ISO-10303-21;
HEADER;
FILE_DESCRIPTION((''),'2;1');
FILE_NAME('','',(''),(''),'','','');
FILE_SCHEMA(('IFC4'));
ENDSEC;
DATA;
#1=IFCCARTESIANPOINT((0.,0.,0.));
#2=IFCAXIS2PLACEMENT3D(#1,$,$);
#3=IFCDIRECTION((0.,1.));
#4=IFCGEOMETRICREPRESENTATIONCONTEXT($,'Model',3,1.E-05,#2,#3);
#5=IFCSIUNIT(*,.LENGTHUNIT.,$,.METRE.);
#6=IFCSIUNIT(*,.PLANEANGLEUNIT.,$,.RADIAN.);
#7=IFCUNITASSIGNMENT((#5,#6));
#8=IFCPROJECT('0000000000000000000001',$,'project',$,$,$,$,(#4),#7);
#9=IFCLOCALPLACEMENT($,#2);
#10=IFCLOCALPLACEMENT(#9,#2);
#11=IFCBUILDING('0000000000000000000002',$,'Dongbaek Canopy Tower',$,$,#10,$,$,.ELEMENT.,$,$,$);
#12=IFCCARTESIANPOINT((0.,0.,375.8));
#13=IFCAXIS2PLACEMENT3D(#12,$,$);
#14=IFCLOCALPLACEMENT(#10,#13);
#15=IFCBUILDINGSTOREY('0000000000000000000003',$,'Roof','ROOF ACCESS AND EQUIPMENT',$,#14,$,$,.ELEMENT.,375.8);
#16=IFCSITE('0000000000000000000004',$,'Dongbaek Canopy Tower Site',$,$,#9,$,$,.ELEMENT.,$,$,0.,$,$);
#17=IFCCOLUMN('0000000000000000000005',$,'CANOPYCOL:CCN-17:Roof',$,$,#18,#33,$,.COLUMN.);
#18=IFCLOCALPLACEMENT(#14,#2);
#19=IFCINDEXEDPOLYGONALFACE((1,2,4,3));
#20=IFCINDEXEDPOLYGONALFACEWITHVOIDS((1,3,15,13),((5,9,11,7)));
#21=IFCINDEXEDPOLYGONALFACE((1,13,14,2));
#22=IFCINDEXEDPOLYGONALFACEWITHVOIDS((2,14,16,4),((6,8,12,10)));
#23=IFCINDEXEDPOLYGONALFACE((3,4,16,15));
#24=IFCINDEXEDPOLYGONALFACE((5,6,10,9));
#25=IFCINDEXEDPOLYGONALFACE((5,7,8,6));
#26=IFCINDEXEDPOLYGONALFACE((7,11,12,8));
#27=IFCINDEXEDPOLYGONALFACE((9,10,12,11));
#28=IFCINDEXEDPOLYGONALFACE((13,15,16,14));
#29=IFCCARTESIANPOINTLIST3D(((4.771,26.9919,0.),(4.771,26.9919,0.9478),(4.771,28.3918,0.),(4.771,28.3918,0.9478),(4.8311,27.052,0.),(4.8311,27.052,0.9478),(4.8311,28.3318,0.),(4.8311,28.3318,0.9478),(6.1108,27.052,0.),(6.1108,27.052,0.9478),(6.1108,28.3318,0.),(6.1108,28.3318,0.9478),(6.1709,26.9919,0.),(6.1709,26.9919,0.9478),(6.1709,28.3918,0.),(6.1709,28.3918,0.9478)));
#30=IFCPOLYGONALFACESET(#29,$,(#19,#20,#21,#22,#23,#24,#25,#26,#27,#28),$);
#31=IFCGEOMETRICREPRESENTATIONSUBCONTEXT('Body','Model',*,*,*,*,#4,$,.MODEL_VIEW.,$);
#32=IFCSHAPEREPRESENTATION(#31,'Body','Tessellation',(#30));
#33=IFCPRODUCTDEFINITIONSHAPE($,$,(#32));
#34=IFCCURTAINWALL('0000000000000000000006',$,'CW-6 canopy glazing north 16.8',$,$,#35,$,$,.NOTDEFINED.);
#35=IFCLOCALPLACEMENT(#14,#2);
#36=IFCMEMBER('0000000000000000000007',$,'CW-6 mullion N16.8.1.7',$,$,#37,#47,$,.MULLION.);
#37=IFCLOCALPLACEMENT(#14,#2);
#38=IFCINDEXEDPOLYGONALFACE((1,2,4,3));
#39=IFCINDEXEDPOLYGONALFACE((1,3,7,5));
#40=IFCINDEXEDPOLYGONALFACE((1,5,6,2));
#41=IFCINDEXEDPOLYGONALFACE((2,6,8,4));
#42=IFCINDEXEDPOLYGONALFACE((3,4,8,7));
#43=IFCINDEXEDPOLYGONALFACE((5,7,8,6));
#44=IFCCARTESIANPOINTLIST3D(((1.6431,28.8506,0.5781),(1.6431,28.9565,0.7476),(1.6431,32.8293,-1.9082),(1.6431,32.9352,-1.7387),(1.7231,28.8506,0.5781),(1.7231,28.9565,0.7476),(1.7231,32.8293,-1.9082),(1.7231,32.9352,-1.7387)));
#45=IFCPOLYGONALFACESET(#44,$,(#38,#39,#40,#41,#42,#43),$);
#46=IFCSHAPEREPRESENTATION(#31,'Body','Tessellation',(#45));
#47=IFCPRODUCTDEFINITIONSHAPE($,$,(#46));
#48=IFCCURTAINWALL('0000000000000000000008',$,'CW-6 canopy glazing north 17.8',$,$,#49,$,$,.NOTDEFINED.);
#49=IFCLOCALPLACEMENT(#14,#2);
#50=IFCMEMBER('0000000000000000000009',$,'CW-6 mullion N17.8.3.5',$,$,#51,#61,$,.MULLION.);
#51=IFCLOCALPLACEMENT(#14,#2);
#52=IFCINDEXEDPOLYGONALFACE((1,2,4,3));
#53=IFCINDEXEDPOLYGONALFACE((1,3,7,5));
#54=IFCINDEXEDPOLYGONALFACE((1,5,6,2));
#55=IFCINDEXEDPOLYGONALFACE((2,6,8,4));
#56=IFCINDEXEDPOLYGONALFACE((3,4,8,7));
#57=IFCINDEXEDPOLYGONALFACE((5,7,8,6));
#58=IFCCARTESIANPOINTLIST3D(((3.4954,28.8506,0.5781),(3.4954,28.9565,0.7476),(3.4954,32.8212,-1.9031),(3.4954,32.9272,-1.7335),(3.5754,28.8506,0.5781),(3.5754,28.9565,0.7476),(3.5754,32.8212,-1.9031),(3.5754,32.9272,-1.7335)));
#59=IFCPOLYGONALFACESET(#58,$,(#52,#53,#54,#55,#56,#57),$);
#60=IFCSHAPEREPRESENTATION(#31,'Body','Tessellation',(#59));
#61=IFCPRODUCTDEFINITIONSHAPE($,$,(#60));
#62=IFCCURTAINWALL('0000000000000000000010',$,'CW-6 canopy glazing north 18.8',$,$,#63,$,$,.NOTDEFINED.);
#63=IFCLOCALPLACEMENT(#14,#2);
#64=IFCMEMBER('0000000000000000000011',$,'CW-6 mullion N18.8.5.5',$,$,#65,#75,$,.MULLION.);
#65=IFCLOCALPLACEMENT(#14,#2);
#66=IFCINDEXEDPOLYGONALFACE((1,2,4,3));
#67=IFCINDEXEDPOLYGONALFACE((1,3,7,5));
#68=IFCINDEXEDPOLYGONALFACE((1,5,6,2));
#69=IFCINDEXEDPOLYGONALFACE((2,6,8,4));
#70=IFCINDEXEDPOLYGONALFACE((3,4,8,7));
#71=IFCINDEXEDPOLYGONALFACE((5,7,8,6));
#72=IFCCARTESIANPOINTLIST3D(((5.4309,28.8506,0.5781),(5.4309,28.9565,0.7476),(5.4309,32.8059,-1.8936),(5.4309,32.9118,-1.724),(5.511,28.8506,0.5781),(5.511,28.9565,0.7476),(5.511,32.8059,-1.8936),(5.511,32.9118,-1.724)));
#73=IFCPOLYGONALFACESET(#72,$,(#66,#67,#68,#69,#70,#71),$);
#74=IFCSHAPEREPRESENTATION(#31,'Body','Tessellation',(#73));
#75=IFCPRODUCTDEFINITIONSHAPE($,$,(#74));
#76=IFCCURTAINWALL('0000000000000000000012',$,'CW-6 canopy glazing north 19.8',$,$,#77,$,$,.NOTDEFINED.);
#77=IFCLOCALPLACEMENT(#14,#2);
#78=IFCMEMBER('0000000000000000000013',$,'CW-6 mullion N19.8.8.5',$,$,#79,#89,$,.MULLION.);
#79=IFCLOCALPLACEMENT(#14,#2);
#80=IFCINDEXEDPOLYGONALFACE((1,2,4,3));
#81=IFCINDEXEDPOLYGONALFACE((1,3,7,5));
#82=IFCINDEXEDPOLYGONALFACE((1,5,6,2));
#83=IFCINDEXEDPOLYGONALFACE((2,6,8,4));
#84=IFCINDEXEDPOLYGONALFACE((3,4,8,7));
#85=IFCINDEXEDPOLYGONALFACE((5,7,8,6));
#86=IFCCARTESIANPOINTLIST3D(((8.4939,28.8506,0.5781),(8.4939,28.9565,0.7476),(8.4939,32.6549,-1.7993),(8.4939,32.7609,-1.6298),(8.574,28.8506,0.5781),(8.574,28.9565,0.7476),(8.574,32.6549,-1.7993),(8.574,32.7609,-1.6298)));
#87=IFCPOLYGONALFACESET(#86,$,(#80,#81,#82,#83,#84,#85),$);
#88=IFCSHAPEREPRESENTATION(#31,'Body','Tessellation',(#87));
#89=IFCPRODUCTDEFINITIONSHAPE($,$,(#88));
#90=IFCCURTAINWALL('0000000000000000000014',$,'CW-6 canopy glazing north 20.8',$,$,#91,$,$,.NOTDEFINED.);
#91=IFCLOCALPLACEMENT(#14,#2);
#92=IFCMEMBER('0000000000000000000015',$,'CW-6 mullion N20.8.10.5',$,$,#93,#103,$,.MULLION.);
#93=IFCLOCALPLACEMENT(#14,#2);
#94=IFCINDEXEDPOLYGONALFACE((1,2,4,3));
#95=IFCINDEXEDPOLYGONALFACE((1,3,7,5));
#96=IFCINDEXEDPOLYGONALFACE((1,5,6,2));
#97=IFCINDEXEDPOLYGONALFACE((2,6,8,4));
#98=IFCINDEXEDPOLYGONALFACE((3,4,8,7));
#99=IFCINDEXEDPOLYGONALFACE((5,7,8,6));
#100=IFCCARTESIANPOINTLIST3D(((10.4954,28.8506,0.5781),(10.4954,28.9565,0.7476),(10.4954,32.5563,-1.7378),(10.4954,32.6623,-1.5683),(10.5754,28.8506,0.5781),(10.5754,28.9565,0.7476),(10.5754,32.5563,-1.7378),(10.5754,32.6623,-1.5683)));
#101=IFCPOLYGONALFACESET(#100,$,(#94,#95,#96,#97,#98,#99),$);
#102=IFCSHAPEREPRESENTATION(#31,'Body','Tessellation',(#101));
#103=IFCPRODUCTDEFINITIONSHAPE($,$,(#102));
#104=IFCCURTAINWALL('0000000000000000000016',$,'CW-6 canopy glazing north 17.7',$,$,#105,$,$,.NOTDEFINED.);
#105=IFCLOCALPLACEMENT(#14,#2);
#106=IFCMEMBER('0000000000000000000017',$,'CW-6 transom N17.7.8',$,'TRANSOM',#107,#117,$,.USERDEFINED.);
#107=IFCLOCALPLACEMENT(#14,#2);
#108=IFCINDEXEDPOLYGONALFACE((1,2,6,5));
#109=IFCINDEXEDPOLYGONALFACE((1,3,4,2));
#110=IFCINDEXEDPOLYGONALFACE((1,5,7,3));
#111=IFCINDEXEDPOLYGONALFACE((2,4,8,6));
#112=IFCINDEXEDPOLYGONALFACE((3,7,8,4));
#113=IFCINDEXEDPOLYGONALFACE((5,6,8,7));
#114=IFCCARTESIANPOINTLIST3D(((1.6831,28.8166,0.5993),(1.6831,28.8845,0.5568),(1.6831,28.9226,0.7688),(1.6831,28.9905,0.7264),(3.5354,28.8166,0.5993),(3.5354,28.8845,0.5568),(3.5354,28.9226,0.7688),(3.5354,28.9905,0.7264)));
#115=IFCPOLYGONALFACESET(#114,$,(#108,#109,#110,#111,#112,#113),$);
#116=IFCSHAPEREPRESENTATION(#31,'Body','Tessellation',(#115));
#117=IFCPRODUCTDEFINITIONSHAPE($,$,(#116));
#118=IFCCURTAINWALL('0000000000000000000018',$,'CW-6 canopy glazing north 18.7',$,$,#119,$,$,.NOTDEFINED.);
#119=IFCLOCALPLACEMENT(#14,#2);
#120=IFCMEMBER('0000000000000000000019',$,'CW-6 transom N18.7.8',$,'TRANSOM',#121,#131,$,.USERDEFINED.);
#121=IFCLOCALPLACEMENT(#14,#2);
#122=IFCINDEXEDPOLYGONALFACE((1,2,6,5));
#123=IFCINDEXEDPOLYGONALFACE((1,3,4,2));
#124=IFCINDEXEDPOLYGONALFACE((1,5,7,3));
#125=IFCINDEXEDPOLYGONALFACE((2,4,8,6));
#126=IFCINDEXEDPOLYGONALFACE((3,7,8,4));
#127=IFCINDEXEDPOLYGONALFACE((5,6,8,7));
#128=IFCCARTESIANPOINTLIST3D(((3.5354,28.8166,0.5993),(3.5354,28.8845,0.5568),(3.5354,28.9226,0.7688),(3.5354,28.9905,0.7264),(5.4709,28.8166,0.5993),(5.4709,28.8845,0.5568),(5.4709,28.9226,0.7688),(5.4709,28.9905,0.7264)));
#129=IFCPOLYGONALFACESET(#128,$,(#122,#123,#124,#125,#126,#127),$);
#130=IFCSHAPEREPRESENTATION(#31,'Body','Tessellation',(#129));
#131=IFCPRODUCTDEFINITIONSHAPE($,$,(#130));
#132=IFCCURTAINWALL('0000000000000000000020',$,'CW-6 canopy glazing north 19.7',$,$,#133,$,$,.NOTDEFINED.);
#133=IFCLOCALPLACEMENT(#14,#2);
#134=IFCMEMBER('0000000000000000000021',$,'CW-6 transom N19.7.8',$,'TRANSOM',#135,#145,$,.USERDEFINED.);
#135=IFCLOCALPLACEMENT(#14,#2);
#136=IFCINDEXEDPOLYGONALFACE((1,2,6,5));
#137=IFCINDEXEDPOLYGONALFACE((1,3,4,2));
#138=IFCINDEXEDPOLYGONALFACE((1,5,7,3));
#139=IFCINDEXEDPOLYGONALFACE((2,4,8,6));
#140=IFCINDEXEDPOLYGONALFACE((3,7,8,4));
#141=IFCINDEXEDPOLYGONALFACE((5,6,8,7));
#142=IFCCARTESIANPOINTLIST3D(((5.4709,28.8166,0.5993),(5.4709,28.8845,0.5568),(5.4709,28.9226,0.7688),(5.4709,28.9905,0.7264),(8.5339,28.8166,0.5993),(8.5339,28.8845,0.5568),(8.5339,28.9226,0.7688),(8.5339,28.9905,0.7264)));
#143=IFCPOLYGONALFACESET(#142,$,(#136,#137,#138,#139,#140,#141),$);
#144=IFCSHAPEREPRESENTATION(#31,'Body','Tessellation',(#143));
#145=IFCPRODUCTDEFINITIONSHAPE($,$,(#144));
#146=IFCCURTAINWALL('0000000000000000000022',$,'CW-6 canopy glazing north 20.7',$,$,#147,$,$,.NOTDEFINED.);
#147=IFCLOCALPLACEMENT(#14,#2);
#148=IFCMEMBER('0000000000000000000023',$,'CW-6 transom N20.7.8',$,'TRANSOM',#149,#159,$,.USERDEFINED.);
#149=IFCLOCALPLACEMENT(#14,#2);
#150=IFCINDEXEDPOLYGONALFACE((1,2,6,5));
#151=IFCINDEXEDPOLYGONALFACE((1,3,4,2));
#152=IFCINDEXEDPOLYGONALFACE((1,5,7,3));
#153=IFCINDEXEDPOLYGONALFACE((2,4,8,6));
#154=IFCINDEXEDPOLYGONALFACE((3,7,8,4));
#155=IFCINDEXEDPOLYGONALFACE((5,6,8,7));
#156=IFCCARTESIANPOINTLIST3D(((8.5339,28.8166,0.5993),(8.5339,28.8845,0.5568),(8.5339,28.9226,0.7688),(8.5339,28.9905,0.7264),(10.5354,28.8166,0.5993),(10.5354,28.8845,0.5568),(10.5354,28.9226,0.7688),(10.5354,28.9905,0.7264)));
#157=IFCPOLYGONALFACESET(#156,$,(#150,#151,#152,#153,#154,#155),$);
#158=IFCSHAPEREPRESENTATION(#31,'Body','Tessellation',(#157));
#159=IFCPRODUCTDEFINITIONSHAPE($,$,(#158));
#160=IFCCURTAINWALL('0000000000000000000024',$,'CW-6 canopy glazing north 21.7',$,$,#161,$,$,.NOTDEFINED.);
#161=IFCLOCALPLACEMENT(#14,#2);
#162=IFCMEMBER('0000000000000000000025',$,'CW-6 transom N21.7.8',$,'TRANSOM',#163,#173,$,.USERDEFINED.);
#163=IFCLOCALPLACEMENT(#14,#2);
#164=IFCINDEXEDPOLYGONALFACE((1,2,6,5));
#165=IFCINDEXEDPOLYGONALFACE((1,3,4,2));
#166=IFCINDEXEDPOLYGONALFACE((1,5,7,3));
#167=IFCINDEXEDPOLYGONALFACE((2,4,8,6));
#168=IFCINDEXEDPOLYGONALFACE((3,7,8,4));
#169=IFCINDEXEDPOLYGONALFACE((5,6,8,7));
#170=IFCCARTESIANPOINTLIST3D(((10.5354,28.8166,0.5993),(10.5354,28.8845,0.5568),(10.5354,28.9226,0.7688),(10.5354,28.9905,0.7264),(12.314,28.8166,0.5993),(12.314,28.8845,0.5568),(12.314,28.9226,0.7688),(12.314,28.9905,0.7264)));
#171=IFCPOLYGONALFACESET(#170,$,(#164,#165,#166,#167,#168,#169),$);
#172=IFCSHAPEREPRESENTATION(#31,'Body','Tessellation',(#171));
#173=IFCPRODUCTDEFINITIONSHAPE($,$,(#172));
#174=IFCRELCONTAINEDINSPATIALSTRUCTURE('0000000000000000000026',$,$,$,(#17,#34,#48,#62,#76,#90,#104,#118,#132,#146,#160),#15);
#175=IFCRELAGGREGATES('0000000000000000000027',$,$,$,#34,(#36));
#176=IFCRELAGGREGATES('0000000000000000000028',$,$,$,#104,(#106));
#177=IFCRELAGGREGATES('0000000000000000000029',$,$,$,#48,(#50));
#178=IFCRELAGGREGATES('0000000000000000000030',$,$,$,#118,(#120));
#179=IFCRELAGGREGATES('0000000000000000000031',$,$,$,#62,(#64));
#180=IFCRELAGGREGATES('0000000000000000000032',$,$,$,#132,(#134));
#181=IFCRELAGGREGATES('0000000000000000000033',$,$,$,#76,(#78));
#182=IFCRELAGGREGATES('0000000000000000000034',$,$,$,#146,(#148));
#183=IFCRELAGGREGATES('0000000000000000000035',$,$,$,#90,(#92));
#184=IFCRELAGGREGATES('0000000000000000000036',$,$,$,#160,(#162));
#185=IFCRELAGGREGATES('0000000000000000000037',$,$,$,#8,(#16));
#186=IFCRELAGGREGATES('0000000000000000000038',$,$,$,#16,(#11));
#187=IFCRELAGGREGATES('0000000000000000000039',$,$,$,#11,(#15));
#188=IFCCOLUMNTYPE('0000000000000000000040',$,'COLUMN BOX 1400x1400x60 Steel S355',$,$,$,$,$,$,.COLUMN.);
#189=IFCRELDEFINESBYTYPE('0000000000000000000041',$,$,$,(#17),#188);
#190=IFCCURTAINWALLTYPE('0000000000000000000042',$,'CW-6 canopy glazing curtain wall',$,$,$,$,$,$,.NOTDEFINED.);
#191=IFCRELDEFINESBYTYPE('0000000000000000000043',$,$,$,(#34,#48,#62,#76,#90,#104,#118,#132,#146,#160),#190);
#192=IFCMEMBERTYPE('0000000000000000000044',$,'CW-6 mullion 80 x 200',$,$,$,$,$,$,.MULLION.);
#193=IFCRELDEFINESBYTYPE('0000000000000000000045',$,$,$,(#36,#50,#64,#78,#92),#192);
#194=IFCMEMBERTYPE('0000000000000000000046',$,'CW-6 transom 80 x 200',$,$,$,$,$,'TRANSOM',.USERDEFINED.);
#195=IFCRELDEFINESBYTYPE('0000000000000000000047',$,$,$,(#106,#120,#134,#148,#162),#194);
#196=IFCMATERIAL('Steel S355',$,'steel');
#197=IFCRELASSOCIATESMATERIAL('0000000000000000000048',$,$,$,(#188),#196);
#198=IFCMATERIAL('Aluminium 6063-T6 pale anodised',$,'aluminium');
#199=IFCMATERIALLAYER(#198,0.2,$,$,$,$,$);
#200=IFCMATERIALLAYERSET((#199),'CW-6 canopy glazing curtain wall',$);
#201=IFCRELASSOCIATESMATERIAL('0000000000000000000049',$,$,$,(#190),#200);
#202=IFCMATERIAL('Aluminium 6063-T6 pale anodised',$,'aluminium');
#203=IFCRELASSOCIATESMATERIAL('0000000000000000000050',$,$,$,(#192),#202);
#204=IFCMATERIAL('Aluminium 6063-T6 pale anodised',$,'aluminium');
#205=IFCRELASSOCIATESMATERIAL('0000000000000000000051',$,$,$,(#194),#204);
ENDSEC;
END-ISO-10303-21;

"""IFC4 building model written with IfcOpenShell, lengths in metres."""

from ifc_helpers import new_model, si_unit, direction, frame, origin, origin_2d, place, context, subcontext, project, spatial, rectangle, hollow_rectangle, extrude, material, layer, layer_set, material_profile, profile_set, type_object, element, aggregate, save


model = new_model("IFC4")

# Units and contexts
model_context = context("Model", 3, precision=1e-05, world=origin(), true_north=direction((0.0, 1.0)))
body_context = subcontext(model_context, "Body", "Model", "MODEL_VIEW")
ifc_project = project(units=[si_unit("LENGTHUNIT", "METRE"), si_unit("PLANEANGLEUNIT", "RADIAN")], contexts=[model_context])

# Site, building, storey
site_placement = place(None, origin())
site = spatial("IfcSite", under=ifc_project, at=site_placement, Name="Dongbaek Canopy Tower Site", CompositionType="ELEMENT", RefElevation=0.0)
building_placement = place(site_placement, origin())
building = spatial("IfcBuilding", under=site, at=building_placement, Name="Dongbaek Canopy Tower", CompositionType="ELEMENT")
storey_placement = place(building_placement, frame((0.0, 0.0, 375.8)))
storey = spatial("IfcBuildingStorey", under=building, at=storey_placement, Name="Roof", Description="ROOF ACCESS AND EQUIPMENT", CompositionType="ELEMENT", Elevation=375.8)

# Column
ifc_material_1 = material(Name="Steel S355", Category="steel")
ifc_material_profile_1 = material_profile(ifc_material_1, hollow_rectangle(XDim=1.3999, YDim=1.3999, WallThickness=0.0601, at=origin_2d()), Name="COLUMN BOX 1400x1400x60 Steel S355")
ifc_profile_set_1 = profile_set([ifc_material_profile_1], Name="Steel S355")
column_type = type_object("IfcColumnType", Name="COLUMN BOX 1400x1400x60 Steel S355", PredefinedType="COLUMN", material=ifc_profile_set_1)
column_placement = place(storey_placement, frame((5.4709, 27.6919, 0.0), z_axis=(0.0, 0.0, 1.0), x_axis=(1.0, 0.0, 0.0)))
element("IfcColumn", 1, at=column_placement, inside=storey, type_object=column_type, Name="CANOPYCOL:CCN-17:Roof", PredefinedType="COLUMN", context=body_context, shape_type="SweptSolid", body=[
    extrude(hollow_rectangle(XDim=1.3999, YDim=1.3999, WallThickness=0.0601, at=origin_2d()), origin(), (0.0, 0.0, 1.0), 0.9478),
])

# Curtain walls, members
ifc_material_2 = material(Name="Aluminium 6063-T6 pale anodised", Category="aluminium")
ifc_layer_1 = layer(ifc_material_2, 0.2)
ifc_layer_set_1 = layer_set([ifc_layer_1], Name="CW-6 canopy glazing curtain wall")
curtain_wall_type = type_object("IfcCurtainWallType", Name="CW-6 canopy glazing curtain wall", PredefinedType="NOTDEFINED", material=ifc_layer_set_1)
curtain_wall_1_placement = place(storey_placement, origin())
curtain_wall_1 = element("IfcCurtainWall", 2, at=curtain_wall_1_placement, inside=storey, type_object=curtain_wall_type, Name="CW-6 canopy glazing north 16.8", PredefinedType="NOTDEFINED")
ifc_material_3 = material(Name="Aluminium 6063-T6 pale anodised", Category="aluminium")
ifc_material_profile_2 = material_profile(ifc_material_3, rectangle(XDim=0.0801, YDim=0.2, at=origin_2d()), Name="CW-6 mullion 80 x 200")
ifc_profile_set_2 = profile_set([ifc_material_profile_2], Name="Aluminium 6063-T6 pale anodised")
member_type_1 = type_object("IfcMemberType", Name="CW-6 mullion 80 x 200", PredefinedType="MULLION", material=ifc_profile_set_2)
member_1_placement = place(storey_placement, frame((1.6831, 28.9036, 0.6628), z_axis=(0.0, 0.848036, -0.529938), x_axis=(-1.0, 0.0, 0.0)))
member_1 = element("IfcMember", 3, at=member_1_placement, type_object=member_type_1, Name="CW-6 mullion N16.8.1.7", PredefinedType="MULLION", context=body_context, shape_type="SweptSolid", body=[
    extrude(rectangle(XDim=0.0801, YDim=0.2, at=origin_2d()), origin(), (0.0, 0.0, 1.0), 4.6917),
])
curtain_wall_2_placement = place(storey_placement, origin())
curtain_wall_2 = element("IfcCurtainWall", 4, at=curtain_wall_2_placement, inside=storey, type_object=curtain_wall_type, Name="CW-6 canopy glazing north 17.8", PredefinedType="NOTDEFINED")
member_2_placement = place(storey_placement, frame((3.5354, 28.9036, 0.6628), z_axis=(0.0, 0.848045, -0.529924), x_axis=(-1.0, 0.0, 0.0)))
member_2 = element("IfcMember", 5, at=member_2_placement, type_object=member_type_1, Name="CW-6 mullion N17.8.3.5", PredefinedType="MULLION", context=body_context, shape_type="SweptSolid", body=[
    extrude(rectangle(XDim=0.0801, YDim=0.2, at=origin_2d()), origin(), (0.0, 0.0, 1.0), 4.6821),
])
curtain_wall_3_placement = place(storey_placement, origin())
curtain_wall_3 = element("IfcCurtainWall", 6, at=curtain_wall_3_placement, inside=storey, type_object=curtain_wall_type, Name="CW-6 canopy glazing north 18.8", PredefinedType="NOTDEFINED")
member_3_placement = place(storey_placement, frame((5.4709, 28.9036, 0.6628), z_axis=(0.0, 0.848037, -0.529938), x_axis=(-1.0, 0.0, 0.0)))
member_3 = element("IfcMember", 7, at=member_3_placement, type_object=member_type_1, Name="CW-6 mullion N18.8.5.5", PredefinedType="MULLION", context=body_context, shape_type="SweptSolid", body=[
    extrude(rectangle(XDim=0.0801, YDim=0.2, at=origin_2d()), origin(), (0.0, 0.0, 1.0), 4.6641),
])
curtain_wall_4_placement = place(storey_placement, origin())
curtain_wall_4 = element("IfcCurtainWall", 8, at=curtain_wall_4_placement, inside=storey, type_object=curtain_wall_type, Name="CW-6 canopy glazing north 19.8", PredefinedType="NOTDEFINED")
member_4_placement = place(storey_placement, frame((8.5339, 28.9036, 0.6628), z_axis=(0.0, 0.848032, -0.529945), x_axis=(-1.0, 0.0, 0.0)))
member_4 = element("IfcMember", 9, at=member_4_placement, type_object=member_type_1, Name="CW-6 mullion N19.8.8.5", PredefinedType="MULLION", context=body_context, shape_type="SweptSolid", body=[
    extrude(rectangle(XDim=0.0801, YDim=0.2, at=origin_2d()), origin(), (0.0, 0.0, 1.0), 4.4861),
])
curtain_wall_5_placement = place(storey_placement, origin())
curtain_wall_5 = element("IfcCurtainWall", 10, at=curtain_wall_5_placement, inside=storey, type_object=curtain_wall_type, Name="CW-6 canopy glazing north 20.8", PredefinedType="NOTDEFINED")
member_5_placement = place(storey_placement, frame((10.5354, 28.9036, 0.6628), z_axis=(0.0, 0.84802, -0.529964), x_axis=(-1.0, 0.0, 0.0)))
member_5 = element("IfcMember", 11, at=member_5_placement, type_object=member_type_1, Name="CW-6 mullion N20.8.10.5", PredefinedType="MULLION", context=body_context, shape_type="SweptSolid", body=[
    extrude(rectangle(XDim=0.0801, YDim=0.2, at=origin_2d()), origin(), (0.0, 0.0, 1.0), 4.3699),
])
curtain_wall_6_placement = place(storey_placement, origin())
curtain_wall_6 = element("IfcCurtainWall", 12, at=curtain_wall_6_placement, inside=storey, type_object=curtain_wall_type, Name="CW-6 canopy glazing north 17.7", PredefinedType="NOTDEFINED")
ifc_material_4 = material(Name="Aluminium 6063-T6 pale anodised", Category="aluminium")
ifc_material_profile_3 = material_profile(ifc_material_4, rectangle(XDim=0.0801, YDim=0.2, at=origin_2d()), Name="CW-6 transom 80 x 200")
ifc_profile_set_3 = profile_set([ifc_material_profile_3], Name="Aluminium 6063-T6 pale anodised")
member_type_2 = type_object("IfcMemberType", Name="CW-6 transom 80 x 200", ElementType="TRANSOM", PredefinedType="USERDEFINED", material=ifc_profile_set_3)
member_6_placement = place(storey_placement, frame((1.6831, 28.9036, 0.6628), z_axis=(1.0, 0.0, 0.0), x_axis=(0.0, 0.848048, -0.529919)))
member_6 = element("IfcMember", 13, at=member_6_placement, type_object=member_type_2, Name="CW-6 transom N17.7.8", ObjectType="TRANSOM", PredefinedType="USERDEFINED", context=body_context, shape_type="SweptSolid", body=[
    extrude(rectangle(XDim=0.0801, YDim=0.2, at=origin_2d()), origin(), (0.0, 0.0, 1.0), 1.8523),
])
curtain_wall_7_placement = place(storey_placement, origin())
curtain_wall_7 = element("IfcCurtainWall", 14, at=curtain_wall_7_placement, inside=storey, type_object=curtain_wall_type, Name="CW-6 canopy glazing north 18.7", PredefinedType="NOTDEFINED")
member_7_placement = place(storey_placement, frame((3.5354, 28.9036, 0.6628), z_axis=(1.0, 0.0, 0.0), x_axis=(0.0, 0.848048, -0.529919)))
member_7 = element("IfcMember", 15, at=member_7_placement, type_object=member_type_2, Name="CW-6 transom N18.7.8", ObjectType="TRANSOM", PredefinedType="USERDEFINED", context=body_context, shape_type="SweptSolid", body=[
    extrude(rectangle(XDim=0.0801, YDim=0.2, at=origin_2d()), origin(), (0.0, 0.0, 1.0), 1.9355),
])
curtain_wall_8_placement = place(storey_placement, origin())
curtain_wall_8 = element("IfcCurtainWall", 16, at=curtain_wall_8_placement, inside=storey, type_object=curtain_wall_type, Name="CW-6 canopy glazing north 19.7", PredefinedType="NOTDEFINED")
member_8_placement = place(storey_placement, frame((5.4709, 28.9036, 0.6628), z_axis=(1.0, 0.0, 0.0), x_axis=(0.0, 0.848048, -0.529919)))
member_8 = element("IfcMember", 17, at=member_8_placement, type_object=member_type_2, Name="CW-6 transom N19.7.8", ObjectType="TRANSOM", PredefinedType="USERDEFINED", context=body_context, shape_type="SweptSolid", body=[
    extrude(rectangle(XDim=0.0801, YDim=0.2, at=origin_2d()), origin(), (0.0, 0.0, 1.0), 3.063),
])
curtain_wall_9_placement = place(storey_placement, origin())
curtain_wall_9 = element("IfcCurtainWall", 18, at=curtain_wall_9_placement, inside=storey, type_object=curtain_wall_type, Name="CW-6 canopy glazing north 20.7", PredefinedType="NOTDEFINED")
member_9_placement = place(storey_placement, frame((8.5339, 28.9036, 0.6628), z_axis=(1.0, 0.0, 0.0), x_axis=(0.0, 0.848048, -0.529919)))
member_9 = element("IfcMember", 19, at=member_9_placement, type_object=member_type_2, Name="CW-6 transom N20.7.8", ObjectType="TRANSOM", PredefinedType="USERDEFINED", context=body_context, shape_type="SweptSolid", body=[
    extrude(rectangle(XDim=0.0801, YDim=0.2, at=origin_2d()), origin(), (0.0, 0.0, 1.0), 2.0015),
])
curtain_wall_10_placement = place(storey_placement, origin())
curtain_wall_10 = element("IfcCurtainWall", 20, at=curtain_wall_10_placement, inside=storey, type_object=curtain_wall_type, Name="CW-6 canopy glazing north 21.7", PredefinedType="NOTDEFINED")
member_10_placement = place(storey_placement, frame((10.5354, 28.9036, 0.6628), z_axis=(1.0, 0.0, 0.0), x_axis=(0.0, 0.848048, -0.529919)))
member_10 = element("IfcMember", 21, at=member_10_placement, type_object=member_type_2, Name="CW-6 transom N21.7.8", ObjectType="TRANSOM", PredefinedType="USERDEFINED", context=body_context, shape_type="SweptSolid", body=[
    extrude(rectangle(XDim=0.0801, YDim=0.2, at=origin_2d()), origin(), (0.0, 0.0, 1.0), 1.7786),
])

aggregate(curtain_wall_1, [member_1])
aggregate(curtain_wall_6, [member_6])
aggregate(curtain_wall_2, [member_2])
aggregate(curtain_wall_7, [member_7])
aggregate(curtain_wall_3, [member_3])
aggregate(curtain_wall_8, [member_8])
aggregate(curtain_wall_4, [member_4])
aggregate(curtain_wall_9, [member_9])
aggregate(curtain_wall_5, [member_5])
aggregate(curtain_wall_10, [member_10])

save(model, "model.ifc")
